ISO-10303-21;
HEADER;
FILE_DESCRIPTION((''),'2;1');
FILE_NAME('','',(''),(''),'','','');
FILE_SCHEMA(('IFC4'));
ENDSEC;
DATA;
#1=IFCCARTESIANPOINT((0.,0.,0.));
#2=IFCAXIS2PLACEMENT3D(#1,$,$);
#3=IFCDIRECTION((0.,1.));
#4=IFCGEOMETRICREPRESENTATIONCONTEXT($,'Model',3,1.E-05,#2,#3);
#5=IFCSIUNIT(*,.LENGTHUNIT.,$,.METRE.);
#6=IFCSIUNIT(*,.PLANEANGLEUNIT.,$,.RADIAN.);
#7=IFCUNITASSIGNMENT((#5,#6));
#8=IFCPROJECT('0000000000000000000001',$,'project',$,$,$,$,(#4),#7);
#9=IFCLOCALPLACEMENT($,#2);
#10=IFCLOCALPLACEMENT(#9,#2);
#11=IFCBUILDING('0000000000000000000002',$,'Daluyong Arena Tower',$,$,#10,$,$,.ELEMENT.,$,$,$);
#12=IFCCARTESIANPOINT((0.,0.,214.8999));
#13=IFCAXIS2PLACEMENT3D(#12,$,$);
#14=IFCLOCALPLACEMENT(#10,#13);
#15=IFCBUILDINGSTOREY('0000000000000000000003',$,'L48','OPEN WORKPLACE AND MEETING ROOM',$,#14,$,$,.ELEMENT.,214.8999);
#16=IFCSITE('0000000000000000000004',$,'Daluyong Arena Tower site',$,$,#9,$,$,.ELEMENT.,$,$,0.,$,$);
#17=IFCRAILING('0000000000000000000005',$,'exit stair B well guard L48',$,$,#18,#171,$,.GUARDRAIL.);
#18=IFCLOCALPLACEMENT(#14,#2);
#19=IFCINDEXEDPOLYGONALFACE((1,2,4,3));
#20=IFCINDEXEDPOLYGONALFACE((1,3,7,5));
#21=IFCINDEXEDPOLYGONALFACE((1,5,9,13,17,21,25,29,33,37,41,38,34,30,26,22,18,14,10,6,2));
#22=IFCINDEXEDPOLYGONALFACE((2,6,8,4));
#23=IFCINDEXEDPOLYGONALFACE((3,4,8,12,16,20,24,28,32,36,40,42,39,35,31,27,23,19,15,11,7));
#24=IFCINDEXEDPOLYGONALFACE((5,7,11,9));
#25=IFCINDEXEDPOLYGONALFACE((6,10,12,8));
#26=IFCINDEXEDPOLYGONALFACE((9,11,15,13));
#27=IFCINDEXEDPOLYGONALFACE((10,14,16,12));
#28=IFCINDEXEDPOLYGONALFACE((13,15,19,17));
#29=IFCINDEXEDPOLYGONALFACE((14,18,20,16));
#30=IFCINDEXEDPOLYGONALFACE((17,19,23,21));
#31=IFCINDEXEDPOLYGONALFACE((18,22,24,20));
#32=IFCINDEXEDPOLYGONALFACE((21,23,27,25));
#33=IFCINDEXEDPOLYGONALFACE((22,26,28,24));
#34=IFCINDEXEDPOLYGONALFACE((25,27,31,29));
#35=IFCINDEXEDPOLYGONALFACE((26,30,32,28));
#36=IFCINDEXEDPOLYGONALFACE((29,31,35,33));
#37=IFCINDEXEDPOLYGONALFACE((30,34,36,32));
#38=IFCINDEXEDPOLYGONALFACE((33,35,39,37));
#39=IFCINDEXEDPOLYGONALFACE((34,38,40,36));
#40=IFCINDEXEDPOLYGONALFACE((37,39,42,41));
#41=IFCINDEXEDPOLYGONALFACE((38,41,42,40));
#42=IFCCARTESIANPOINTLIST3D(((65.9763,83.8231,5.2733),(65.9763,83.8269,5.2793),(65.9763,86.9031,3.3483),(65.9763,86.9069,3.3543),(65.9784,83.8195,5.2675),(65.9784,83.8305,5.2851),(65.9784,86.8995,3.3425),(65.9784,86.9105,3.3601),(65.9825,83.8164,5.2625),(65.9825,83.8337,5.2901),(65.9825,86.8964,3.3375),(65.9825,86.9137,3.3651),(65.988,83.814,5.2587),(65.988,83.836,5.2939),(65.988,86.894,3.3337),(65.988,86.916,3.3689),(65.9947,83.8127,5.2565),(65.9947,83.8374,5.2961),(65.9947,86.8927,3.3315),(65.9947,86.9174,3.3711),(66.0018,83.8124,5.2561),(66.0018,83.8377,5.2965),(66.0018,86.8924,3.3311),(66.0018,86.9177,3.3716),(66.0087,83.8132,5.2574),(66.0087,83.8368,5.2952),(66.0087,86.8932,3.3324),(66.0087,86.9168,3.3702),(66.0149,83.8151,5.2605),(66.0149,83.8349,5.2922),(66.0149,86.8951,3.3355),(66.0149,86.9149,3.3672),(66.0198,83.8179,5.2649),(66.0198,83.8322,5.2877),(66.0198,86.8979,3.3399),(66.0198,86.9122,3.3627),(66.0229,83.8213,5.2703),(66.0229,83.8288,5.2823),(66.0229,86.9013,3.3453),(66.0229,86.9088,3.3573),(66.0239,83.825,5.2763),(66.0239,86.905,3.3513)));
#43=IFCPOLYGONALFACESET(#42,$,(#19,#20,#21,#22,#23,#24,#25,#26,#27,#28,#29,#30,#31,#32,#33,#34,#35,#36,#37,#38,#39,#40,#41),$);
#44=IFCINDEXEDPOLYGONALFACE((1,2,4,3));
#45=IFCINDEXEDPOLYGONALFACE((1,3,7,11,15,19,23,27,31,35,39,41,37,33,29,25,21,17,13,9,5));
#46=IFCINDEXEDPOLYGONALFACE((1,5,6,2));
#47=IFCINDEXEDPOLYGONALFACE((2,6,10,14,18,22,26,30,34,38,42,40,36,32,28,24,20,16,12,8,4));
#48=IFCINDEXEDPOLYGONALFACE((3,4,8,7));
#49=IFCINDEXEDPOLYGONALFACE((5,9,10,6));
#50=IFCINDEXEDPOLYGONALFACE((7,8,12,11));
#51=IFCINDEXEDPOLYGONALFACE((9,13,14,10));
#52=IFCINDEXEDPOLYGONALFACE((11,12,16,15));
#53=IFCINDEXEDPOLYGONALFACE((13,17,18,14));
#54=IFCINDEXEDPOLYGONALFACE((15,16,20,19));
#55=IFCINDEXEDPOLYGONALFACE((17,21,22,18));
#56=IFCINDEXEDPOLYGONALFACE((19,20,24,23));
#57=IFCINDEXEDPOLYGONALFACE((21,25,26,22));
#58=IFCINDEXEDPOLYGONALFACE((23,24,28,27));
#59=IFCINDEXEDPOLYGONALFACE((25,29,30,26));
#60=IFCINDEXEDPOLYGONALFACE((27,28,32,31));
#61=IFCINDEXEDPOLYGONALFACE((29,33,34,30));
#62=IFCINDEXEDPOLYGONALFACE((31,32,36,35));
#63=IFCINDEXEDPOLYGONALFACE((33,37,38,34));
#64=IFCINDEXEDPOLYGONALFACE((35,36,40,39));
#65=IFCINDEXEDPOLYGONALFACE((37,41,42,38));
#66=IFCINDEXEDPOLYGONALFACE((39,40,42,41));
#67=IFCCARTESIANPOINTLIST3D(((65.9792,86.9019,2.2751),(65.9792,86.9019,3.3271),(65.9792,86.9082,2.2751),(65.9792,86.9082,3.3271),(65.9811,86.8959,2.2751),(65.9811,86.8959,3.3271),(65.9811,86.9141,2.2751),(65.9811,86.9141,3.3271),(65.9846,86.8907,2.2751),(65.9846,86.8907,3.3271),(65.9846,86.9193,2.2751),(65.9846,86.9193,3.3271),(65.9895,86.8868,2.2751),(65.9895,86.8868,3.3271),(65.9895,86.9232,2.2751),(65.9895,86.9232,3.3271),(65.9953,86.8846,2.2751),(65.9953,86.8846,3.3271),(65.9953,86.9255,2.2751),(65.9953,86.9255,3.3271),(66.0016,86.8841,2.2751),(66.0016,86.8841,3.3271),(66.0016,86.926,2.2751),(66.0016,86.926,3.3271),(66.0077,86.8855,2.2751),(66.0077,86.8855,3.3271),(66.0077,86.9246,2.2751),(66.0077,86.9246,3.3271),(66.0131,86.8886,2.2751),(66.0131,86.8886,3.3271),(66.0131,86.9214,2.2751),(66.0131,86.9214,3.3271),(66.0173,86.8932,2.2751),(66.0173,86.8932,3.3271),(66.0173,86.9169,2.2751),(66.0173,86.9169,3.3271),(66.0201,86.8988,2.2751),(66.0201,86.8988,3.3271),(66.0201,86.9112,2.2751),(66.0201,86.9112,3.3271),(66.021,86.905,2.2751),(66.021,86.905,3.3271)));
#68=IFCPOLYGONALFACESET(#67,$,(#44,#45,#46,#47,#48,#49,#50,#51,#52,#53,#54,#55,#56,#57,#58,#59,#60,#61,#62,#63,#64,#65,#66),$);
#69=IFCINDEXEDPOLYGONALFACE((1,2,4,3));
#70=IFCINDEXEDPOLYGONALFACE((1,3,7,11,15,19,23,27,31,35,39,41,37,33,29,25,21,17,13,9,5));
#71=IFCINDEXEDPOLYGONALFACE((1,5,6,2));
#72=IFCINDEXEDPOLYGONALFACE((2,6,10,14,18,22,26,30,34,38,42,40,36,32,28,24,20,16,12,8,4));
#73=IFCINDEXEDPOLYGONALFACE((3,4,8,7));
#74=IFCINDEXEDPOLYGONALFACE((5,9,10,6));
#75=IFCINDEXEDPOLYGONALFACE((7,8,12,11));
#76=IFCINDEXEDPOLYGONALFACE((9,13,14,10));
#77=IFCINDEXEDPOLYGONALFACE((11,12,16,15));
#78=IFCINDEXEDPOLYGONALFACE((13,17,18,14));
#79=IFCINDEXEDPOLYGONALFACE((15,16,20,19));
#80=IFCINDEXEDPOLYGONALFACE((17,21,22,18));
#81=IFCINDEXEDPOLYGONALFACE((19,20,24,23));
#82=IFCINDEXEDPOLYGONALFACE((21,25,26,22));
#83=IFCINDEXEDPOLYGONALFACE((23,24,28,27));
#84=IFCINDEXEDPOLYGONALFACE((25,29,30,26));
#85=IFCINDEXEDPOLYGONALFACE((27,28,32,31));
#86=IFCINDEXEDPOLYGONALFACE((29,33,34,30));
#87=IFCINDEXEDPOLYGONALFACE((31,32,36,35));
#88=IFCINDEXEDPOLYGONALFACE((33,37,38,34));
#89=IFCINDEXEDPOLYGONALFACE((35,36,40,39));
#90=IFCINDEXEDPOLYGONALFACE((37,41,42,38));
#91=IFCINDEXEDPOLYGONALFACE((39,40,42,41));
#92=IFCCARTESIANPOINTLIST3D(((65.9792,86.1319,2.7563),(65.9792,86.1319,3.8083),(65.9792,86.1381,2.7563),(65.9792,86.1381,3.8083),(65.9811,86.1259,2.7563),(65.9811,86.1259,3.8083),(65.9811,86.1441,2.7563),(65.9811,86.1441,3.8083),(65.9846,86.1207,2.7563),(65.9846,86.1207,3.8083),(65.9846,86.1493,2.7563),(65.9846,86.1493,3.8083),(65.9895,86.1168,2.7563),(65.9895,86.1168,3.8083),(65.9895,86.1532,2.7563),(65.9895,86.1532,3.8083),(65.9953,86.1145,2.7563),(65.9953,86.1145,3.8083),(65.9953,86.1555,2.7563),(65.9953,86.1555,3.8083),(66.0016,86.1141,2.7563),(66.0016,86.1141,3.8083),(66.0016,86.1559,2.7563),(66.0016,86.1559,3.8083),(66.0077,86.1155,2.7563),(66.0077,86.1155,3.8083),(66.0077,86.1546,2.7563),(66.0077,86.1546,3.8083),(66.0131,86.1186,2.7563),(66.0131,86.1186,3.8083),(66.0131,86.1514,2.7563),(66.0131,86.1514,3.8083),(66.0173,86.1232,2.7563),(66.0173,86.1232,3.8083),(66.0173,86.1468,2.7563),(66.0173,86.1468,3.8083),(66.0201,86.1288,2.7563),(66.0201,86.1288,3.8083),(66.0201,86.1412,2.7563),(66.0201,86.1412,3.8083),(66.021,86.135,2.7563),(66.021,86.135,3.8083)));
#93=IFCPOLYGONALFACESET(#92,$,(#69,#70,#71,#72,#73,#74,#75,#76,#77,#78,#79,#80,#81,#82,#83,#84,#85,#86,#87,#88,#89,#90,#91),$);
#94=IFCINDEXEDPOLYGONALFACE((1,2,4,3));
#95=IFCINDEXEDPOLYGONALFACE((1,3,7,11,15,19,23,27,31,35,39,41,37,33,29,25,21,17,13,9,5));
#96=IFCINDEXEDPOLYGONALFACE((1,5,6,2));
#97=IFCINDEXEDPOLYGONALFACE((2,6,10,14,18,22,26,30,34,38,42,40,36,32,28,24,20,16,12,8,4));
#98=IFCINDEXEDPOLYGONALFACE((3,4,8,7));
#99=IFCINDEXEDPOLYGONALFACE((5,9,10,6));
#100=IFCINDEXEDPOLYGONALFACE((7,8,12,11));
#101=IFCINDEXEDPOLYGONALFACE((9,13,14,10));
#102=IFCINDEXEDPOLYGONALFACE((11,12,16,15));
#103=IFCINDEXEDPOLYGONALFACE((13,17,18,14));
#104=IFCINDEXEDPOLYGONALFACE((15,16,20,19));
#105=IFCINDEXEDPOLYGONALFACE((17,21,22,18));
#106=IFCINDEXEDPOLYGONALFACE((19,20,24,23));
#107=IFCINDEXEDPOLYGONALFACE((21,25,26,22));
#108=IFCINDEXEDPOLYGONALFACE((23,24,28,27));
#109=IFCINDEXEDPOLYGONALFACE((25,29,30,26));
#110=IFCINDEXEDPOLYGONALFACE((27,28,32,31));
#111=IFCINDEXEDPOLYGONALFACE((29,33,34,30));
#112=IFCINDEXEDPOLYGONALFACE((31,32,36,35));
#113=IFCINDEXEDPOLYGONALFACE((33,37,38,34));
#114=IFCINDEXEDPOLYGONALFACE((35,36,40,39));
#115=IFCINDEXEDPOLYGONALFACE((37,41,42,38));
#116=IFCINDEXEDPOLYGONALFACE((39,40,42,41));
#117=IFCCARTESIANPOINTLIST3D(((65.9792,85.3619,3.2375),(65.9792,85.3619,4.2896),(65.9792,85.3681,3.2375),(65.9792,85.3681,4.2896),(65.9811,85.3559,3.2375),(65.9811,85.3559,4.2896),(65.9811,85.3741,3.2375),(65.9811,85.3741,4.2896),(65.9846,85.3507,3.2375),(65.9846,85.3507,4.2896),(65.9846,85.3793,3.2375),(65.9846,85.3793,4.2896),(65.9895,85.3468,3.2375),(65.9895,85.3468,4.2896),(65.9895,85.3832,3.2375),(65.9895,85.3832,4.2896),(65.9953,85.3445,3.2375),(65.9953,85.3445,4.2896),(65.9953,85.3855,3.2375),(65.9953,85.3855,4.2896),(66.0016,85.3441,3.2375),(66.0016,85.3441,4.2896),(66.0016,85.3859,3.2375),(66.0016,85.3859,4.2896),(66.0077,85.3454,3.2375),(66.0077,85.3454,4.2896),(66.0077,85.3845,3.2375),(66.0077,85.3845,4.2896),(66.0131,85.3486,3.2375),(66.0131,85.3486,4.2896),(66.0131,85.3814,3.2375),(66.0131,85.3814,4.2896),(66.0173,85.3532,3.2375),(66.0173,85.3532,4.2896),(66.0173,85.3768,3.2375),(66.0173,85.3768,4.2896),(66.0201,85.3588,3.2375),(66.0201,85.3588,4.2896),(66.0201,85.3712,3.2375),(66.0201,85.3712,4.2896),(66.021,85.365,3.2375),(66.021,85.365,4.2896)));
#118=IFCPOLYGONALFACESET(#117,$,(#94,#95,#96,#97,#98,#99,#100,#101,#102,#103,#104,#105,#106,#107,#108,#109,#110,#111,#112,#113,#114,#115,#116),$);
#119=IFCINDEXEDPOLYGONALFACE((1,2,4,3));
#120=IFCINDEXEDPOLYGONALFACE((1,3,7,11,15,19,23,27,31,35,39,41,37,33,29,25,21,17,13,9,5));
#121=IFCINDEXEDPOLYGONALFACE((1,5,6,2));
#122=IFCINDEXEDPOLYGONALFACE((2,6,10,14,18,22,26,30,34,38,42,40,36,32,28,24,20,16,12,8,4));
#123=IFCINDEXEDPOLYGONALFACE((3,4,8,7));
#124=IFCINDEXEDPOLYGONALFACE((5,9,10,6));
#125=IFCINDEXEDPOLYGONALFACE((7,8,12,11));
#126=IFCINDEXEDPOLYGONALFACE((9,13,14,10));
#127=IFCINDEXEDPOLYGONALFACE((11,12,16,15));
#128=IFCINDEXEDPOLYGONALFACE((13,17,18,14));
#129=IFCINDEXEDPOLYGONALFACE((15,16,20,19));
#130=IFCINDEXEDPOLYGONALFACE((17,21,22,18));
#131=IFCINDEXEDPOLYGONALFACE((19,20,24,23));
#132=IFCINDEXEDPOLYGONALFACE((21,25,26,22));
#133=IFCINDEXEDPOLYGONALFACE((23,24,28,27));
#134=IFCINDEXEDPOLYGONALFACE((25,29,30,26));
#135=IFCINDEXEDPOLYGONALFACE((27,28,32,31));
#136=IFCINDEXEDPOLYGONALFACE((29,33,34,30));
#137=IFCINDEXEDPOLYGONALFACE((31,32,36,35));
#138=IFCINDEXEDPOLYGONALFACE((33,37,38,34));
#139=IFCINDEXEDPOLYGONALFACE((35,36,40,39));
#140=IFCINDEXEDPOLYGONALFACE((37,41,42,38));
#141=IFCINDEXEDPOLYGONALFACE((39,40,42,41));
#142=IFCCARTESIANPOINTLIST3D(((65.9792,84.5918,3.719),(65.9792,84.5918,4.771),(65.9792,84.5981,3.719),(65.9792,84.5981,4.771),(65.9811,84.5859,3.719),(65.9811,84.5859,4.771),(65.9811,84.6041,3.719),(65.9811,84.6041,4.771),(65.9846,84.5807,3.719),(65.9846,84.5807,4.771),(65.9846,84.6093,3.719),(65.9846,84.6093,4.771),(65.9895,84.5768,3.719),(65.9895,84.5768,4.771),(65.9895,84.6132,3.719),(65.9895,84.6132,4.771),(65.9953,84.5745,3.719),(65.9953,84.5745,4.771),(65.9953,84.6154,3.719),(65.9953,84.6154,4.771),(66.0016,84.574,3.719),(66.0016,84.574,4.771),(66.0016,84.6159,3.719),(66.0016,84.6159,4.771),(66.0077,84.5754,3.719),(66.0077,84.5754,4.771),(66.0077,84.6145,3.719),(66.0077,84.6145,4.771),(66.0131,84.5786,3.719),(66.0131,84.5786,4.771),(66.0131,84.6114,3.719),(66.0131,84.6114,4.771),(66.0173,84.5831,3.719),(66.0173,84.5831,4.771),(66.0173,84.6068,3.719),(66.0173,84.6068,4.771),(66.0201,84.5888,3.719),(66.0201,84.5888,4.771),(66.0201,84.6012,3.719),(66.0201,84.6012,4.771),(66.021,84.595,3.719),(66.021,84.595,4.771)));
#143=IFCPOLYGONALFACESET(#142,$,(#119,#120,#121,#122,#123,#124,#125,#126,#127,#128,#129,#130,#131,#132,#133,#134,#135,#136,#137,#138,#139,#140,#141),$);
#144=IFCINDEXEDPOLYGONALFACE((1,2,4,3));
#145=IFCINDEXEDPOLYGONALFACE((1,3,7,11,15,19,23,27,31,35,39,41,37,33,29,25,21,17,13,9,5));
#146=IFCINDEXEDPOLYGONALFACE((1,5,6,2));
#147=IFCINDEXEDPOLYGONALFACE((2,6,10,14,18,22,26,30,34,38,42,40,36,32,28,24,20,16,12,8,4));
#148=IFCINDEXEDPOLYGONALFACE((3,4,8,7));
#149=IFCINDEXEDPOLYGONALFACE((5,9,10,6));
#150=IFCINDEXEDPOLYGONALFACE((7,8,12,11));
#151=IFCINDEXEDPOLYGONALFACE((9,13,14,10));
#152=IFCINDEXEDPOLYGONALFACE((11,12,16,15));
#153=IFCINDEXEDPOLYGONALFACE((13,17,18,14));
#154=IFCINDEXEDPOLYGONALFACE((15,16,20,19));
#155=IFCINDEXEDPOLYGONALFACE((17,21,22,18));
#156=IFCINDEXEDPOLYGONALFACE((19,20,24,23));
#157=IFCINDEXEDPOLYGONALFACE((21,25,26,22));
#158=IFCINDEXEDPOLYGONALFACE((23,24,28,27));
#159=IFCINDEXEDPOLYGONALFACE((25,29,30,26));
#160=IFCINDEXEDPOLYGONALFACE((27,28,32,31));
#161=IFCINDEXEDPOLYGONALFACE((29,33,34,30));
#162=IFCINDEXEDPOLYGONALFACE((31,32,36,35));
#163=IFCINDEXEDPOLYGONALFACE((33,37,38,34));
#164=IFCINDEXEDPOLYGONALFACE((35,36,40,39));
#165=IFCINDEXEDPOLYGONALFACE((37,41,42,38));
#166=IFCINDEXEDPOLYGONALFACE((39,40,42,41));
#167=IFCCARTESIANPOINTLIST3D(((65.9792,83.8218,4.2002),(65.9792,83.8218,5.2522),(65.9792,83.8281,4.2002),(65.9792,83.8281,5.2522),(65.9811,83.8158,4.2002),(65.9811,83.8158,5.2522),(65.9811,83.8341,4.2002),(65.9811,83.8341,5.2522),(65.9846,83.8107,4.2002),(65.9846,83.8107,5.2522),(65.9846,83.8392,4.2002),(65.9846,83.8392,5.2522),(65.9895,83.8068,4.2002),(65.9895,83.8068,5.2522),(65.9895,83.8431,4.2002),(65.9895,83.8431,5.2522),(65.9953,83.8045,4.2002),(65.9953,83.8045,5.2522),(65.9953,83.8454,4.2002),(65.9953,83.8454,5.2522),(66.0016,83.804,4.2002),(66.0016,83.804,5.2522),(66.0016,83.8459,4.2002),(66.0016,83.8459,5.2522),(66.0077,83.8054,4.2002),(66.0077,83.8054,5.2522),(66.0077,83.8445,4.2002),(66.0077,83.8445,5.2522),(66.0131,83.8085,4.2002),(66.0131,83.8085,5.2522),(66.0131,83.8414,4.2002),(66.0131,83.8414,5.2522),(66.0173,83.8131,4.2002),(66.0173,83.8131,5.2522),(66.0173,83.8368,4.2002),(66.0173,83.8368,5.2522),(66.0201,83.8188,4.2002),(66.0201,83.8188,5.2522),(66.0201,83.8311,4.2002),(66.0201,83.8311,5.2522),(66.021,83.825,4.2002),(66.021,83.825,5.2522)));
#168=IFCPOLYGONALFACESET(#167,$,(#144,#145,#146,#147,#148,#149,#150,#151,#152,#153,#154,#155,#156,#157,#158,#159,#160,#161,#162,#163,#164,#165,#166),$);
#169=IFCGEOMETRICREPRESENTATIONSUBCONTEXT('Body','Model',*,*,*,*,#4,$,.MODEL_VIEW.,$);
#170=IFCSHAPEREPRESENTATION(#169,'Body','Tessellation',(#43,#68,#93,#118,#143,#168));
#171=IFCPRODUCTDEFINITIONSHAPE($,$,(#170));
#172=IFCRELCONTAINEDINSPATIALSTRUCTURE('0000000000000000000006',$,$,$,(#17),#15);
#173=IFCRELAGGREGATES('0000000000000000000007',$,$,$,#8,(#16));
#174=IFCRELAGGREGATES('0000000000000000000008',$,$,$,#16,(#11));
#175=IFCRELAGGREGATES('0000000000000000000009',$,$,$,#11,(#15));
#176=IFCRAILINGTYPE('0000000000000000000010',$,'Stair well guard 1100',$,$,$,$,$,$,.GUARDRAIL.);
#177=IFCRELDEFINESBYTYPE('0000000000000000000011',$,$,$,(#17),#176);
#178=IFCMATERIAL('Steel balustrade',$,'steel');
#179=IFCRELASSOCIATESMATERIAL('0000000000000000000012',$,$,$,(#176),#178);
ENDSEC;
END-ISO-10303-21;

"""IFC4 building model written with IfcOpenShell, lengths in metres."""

from ifc_helpers import new_model, si_unit, direction, frame, origin, origin_2d, place, context, subcontext, project, spatial, circle, extrude, material, type_object, element, save


model = new_model("IFC4")

# Units and contexts
model_context = context("Model", 3, precision=1e-05, world=origin(), true_north=direction((0.0, 1.0)))
body_context = subcontext(model_context, "Body", "Model", "MODEL_VIEW")
ifc_project = project(units=[si_unit("LENGTHUNIT", "METRE"), si_unit("PLANEANGLEUNIT", "RADIAN")], contexts=[model_context])

# Site, building, storey
site_placement = place(None, origin())
site = spatial("IfcSite", under=ifc_project, at=site_placement, Name="Daluyong Arena Tower site", CompositionType="ELEMENT", RefElevation=0.0)
building_placement = place(site_placement, origin())
building = spatial("IfcBuilding", under=site, at=building_placement, Name="Daluyong Arena Tower", CompositionType="ELEMENT")
storey_placement = place(building_placement, frame((0.0, 0.0, 214.8999)))
storey = spatial("IfcBuildingStorey", under=building, at=storey_placement, Name="L48", Description="OPEN WORKPLACE AND MEETING ROOM", CompositionType="ELEMENT", Elevation=214.8999)

# Railing
ifc_material_1 = material(Name="Steel balustrade", Category="steel")
railing_type_1 = type_object("IfcRailingType", Name="Stair well guard 1100", PredefinedType="GUARDRAIL", material=ifc_material_1)
railing_1_placement = place(storey_placement, frame((66.0, 86.905, 2.2751)))
element("IfcRailing", 1, at=railing_1_placement, inside=storey, type_object=railing_type_1, Name="exit stair B well guard L48", PredefinedType="GUARDRAIL", context=body_context, shape_type="SweptSolid", body=[
    extrude(circle(Radius=0.0239, at=origin_2d()), frame((0.0, 0.0, 1.0762), z_axis=(0.0, -0.847998, 0.529999), x_axis=(1.0, 0.0, 0.0)), (0.0, 0.0, 1.0), 3.6321),
    extrude(circle(Radius=0.021, at=origin_2d()), origin(), (0.0, 0.0, 1.0), 1.052),
    extrude(circle(Radius=0.021, at=origin_2d()), frame((0.0, -0.77, 0.4812)), (0.0, 0.0, 1.0), 1.052),
    extrude(circle(Radius=0.021, at=origin_2d()), frame((0.0, -1.54, 0.9624)), (0.0, 0.0, 1.0), 1.052),
    extrude(circle(Radius=0.021, at=origin_2d()), frame((0.0, -2.3101, 1.4438)), (0.0, 0.0, 1.0), 1.052),
    extrude(circle(Radius=0.021, at=origin_2d()), frame((0.0, -3.0801, 1.925)), (0.0, 0.0, 1.0), 1.052),
])

save(model, "model.ifc")
